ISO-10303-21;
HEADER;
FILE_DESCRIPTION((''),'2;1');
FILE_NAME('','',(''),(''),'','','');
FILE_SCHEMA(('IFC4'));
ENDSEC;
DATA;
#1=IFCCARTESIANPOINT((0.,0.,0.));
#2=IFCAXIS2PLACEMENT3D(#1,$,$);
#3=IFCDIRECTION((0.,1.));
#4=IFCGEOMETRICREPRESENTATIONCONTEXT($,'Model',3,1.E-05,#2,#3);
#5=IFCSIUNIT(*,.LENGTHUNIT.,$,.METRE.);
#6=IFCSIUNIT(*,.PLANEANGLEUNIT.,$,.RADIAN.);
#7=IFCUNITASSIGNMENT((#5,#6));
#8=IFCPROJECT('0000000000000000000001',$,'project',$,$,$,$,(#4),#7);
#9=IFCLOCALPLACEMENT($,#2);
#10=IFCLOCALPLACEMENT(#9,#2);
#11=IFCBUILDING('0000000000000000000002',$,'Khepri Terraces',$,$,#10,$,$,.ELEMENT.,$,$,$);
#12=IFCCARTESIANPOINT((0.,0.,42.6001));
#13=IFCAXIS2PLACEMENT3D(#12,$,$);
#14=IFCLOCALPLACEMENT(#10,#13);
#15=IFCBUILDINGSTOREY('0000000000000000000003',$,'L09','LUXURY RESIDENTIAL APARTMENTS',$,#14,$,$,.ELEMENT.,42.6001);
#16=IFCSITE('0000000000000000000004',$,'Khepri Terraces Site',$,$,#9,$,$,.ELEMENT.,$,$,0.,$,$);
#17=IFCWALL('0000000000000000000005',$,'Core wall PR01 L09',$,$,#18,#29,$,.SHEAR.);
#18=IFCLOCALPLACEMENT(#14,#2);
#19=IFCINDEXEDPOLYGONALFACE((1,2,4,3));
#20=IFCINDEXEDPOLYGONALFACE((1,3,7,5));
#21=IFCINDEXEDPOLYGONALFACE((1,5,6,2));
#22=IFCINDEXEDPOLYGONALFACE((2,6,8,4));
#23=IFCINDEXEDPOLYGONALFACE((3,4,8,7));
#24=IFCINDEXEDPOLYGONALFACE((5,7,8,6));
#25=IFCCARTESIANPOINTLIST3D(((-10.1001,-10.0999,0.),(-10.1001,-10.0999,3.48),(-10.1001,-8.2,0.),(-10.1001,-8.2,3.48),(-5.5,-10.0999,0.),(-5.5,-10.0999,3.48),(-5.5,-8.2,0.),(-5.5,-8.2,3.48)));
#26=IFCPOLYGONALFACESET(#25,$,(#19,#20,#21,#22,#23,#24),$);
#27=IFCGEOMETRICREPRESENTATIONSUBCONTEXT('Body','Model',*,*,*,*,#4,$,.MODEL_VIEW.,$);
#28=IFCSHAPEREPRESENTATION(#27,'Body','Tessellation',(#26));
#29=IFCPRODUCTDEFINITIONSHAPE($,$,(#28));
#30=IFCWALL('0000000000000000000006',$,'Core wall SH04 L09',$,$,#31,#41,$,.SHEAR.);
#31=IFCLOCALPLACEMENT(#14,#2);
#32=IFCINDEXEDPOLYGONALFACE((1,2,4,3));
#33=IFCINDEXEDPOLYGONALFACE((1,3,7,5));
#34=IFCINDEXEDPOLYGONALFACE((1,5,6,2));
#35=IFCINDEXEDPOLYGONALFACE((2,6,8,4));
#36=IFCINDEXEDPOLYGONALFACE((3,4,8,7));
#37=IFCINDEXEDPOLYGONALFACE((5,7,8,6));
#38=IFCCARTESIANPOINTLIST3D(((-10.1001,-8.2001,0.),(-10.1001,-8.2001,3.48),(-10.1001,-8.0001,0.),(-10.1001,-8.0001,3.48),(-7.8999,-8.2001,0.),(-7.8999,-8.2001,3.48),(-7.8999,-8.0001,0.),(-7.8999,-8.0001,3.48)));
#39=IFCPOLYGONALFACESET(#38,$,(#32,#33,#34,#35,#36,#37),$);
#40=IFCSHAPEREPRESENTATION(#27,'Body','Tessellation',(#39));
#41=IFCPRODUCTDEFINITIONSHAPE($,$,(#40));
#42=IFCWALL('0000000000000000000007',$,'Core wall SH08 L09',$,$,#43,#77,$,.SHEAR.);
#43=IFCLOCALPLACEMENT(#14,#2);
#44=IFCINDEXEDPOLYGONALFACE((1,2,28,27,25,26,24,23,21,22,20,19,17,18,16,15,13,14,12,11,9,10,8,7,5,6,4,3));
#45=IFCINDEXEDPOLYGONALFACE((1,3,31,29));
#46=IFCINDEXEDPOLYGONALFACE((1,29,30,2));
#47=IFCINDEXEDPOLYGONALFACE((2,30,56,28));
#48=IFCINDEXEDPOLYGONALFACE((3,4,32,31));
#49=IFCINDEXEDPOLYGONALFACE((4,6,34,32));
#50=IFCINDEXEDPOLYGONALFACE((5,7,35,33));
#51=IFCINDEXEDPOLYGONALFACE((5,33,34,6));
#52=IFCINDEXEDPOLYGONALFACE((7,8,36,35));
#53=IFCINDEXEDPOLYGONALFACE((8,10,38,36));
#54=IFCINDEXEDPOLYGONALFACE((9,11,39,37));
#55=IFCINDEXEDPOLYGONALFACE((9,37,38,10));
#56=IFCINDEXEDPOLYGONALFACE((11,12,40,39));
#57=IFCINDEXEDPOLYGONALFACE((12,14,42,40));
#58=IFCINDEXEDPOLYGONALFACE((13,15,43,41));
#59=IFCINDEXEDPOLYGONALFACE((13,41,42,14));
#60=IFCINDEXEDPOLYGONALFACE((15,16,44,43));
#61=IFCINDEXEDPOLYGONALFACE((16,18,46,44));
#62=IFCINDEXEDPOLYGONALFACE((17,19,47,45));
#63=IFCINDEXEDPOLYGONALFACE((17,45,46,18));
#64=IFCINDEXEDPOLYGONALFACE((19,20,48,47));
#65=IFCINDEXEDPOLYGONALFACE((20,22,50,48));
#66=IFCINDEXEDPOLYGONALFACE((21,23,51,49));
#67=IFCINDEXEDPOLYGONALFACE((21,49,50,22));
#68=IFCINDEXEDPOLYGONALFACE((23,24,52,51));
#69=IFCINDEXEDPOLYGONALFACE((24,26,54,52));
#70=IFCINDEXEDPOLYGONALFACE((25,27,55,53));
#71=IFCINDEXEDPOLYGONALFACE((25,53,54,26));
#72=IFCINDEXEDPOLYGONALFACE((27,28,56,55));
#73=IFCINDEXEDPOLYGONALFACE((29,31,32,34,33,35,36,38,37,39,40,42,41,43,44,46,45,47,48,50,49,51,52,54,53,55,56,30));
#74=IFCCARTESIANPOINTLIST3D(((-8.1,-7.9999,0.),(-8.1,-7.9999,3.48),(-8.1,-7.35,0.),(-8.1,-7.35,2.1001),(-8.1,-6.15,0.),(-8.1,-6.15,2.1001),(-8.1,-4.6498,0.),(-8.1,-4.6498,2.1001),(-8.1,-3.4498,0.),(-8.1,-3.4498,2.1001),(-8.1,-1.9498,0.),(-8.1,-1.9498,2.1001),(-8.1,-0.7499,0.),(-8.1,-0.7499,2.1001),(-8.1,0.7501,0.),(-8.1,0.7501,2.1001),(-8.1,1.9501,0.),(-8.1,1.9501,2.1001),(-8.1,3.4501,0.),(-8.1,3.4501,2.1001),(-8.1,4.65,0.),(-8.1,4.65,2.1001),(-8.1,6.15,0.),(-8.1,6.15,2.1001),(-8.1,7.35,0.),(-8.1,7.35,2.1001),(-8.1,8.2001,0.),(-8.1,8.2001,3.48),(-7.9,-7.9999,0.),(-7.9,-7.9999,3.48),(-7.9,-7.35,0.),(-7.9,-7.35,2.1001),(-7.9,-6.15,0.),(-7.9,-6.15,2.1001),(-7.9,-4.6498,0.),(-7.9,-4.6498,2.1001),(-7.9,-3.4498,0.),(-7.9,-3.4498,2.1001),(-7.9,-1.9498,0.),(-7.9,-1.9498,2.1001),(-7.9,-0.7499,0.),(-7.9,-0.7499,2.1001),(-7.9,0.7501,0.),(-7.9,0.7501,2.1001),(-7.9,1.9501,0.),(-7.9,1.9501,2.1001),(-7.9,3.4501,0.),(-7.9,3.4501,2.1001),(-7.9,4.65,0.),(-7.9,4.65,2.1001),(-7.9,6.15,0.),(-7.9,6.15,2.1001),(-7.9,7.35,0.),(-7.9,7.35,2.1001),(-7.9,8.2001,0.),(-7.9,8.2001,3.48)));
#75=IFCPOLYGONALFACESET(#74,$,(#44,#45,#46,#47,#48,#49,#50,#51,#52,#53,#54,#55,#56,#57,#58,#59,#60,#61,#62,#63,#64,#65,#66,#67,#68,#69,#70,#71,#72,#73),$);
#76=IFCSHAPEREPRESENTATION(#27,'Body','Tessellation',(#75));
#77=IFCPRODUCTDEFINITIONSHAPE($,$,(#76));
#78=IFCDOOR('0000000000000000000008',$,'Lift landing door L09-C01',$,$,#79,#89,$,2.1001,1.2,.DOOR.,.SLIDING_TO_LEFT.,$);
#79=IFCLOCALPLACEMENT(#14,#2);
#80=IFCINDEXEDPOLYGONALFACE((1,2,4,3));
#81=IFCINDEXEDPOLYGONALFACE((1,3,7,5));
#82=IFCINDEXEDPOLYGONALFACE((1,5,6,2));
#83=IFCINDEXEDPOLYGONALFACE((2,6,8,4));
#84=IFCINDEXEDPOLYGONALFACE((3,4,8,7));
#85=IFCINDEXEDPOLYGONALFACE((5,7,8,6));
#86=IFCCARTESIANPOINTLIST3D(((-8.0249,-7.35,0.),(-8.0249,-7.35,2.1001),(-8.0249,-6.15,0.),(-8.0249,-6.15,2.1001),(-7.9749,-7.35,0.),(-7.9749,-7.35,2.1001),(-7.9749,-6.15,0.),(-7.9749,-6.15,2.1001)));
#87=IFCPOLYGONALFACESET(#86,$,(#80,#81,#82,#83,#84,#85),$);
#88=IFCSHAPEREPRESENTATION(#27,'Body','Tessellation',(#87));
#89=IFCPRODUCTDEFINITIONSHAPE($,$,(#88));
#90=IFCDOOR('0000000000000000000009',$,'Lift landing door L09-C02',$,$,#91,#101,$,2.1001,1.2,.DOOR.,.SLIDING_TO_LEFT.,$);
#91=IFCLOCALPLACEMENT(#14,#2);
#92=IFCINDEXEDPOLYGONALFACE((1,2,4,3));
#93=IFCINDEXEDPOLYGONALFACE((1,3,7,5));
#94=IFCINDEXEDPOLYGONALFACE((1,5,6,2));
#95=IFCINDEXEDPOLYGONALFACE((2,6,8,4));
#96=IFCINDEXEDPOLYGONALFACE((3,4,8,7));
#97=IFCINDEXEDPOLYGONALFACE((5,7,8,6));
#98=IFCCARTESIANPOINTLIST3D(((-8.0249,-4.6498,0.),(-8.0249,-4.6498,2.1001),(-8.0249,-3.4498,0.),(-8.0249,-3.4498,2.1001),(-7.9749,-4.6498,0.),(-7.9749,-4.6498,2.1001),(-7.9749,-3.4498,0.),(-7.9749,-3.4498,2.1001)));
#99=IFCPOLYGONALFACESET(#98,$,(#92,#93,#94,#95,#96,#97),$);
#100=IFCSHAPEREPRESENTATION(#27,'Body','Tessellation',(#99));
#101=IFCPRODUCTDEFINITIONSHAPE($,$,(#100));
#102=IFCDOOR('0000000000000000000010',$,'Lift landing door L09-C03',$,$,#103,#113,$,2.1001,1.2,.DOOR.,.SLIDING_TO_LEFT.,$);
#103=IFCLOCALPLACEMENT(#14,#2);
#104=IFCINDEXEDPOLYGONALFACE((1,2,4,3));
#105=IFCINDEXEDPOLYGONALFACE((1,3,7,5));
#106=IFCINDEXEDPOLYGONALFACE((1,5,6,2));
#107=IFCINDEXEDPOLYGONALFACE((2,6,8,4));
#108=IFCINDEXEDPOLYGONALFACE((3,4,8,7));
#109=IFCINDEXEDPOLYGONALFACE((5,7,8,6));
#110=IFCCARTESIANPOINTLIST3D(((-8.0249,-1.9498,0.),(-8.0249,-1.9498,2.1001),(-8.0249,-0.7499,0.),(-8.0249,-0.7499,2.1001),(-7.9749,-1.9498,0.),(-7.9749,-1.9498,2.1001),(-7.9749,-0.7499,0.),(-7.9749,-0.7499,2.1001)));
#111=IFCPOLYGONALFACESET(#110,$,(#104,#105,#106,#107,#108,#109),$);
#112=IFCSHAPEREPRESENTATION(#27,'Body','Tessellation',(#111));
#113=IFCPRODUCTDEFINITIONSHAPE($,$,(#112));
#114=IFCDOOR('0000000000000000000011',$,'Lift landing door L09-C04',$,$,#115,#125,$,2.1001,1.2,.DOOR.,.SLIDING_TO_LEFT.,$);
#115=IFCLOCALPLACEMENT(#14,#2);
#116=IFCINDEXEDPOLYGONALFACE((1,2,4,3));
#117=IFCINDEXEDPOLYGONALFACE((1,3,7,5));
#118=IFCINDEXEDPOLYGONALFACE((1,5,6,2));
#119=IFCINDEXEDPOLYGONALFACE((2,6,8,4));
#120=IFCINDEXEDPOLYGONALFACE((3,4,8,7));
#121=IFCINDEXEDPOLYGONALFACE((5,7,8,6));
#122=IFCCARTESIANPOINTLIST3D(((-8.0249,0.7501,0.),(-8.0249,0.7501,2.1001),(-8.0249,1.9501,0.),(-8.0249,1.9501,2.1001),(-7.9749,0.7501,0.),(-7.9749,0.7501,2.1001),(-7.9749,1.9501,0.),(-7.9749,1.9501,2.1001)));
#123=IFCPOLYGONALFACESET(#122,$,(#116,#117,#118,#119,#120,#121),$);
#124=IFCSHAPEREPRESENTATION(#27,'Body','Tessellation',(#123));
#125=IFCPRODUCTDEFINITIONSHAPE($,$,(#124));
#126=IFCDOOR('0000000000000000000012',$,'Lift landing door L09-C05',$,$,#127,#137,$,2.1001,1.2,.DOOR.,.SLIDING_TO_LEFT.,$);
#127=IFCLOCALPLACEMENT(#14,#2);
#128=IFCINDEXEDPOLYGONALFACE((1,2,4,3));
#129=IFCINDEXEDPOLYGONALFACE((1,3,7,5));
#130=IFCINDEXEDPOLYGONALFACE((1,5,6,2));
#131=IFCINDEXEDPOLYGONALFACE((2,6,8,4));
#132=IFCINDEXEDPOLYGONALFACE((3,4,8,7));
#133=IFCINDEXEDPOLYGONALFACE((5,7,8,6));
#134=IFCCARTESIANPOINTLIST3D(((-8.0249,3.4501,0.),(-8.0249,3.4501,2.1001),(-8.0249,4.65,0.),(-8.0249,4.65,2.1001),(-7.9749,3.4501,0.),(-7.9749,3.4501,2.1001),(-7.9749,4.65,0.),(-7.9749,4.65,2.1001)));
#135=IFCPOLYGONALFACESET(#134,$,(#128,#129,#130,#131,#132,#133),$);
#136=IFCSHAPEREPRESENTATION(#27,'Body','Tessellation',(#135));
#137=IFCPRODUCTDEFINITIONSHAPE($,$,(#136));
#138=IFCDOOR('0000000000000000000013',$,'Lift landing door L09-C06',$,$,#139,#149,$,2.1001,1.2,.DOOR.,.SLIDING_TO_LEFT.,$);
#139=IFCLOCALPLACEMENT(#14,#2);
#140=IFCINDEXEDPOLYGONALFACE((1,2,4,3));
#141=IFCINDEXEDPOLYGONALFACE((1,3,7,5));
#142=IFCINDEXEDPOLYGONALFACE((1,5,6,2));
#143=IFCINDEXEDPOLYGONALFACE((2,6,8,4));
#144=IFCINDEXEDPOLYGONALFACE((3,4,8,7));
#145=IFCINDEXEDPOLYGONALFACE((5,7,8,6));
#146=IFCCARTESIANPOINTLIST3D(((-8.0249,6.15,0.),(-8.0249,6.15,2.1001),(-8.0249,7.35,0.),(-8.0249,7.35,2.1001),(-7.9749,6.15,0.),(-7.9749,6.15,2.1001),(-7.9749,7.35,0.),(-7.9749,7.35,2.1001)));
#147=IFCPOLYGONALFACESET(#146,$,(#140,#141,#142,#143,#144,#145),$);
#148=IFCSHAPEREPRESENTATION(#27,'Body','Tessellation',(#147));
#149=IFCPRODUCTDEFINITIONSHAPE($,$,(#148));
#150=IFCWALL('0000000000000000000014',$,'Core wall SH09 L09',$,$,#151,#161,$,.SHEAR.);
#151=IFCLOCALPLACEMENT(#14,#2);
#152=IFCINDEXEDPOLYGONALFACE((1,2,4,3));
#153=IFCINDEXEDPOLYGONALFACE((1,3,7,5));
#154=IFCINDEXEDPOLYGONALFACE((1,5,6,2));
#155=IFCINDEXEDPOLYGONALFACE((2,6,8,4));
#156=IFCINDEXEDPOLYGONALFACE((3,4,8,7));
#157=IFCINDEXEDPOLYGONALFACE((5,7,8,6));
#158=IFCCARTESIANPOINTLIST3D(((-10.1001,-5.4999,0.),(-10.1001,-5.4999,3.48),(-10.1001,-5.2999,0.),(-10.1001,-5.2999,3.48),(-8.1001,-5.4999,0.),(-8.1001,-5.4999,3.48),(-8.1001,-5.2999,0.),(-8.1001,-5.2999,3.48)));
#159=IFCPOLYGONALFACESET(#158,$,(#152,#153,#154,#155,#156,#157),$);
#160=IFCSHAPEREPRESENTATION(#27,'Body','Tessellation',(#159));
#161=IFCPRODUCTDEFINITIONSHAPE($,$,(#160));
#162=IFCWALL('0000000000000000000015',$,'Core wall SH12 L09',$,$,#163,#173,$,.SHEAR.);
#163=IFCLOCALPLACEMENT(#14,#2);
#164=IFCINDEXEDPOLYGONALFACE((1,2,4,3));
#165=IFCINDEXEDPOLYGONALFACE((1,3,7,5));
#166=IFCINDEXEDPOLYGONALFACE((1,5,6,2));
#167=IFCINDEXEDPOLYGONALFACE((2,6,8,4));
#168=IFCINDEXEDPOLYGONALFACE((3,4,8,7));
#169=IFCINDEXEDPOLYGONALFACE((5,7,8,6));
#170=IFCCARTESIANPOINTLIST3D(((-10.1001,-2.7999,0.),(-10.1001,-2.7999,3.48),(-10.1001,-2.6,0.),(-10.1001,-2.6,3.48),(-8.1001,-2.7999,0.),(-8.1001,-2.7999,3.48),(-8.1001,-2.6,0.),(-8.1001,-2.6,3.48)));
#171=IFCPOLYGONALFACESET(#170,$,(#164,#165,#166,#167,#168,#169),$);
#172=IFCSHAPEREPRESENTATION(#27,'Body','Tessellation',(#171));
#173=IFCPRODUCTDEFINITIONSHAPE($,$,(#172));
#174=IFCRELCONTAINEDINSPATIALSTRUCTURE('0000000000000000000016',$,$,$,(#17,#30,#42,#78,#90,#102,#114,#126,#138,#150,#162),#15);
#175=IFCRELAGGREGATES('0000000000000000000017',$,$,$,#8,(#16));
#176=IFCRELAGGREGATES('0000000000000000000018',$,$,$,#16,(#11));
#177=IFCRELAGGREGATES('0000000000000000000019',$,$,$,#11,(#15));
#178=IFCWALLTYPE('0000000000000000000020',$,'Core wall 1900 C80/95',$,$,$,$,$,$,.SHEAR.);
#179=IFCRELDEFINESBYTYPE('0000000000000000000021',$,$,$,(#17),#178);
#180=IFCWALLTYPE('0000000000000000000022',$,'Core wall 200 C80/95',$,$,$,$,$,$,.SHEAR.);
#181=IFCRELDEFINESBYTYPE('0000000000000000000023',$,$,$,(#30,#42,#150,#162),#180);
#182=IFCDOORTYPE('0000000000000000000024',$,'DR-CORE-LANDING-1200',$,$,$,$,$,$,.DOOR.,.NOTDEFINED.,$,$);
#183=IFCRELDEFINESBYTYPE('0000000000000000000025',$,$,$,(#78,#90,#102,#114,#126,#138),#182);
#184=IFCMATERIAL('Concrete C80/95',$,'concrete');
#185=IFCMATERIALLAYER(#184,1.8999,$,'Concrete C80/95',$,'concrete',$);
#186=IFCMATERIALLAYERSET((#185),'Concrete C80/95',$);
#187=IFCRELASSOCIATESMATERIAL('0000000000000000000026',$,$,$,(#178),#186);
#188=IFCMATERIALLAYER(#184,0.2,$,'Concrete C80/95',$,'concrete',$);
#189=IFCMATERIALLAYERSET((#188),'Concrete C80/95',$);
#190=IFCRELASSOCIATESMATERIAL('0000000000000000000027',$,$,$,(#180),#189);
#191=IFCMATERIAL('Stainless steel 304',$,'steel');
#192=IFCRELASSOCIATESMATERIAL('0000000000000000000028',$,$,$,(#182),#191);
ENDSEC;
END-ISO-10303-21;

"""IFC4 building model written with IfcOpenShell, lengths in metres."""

from ifc_helpers import new_model, si_unit, direction, frame, frame_2d, origin, place, context, subcontext, project, spatial, rectangle, extrude, material, layer, layer_set, type_object, element, fill, save


model = new_model("IFC4")

# Units and contexts
model_context = context("Model", 3, precision=1e-05, world=origin(), true_north=direction((0.0, 1.0)))
body_context = subcontext(model_context, "Body", "Model", "MODEL_VIEW")
ifc_project = project(units=[si_unit("LENGTHUNIT", "METRE"), si_unit("PLANEANGLEUNIT", "RADIAN")], contexts=[model_context])

# Site, building, storey
site_placement = place(None, origin())
site = spatial("IfcSite", under=ifc_project, at=site_placement, Name="Khepri Terraces Site", CompositionType="ELEMENT", RefElevation=0.0)
building_placement = place(site_placement, origin())
building = spatial("IfcBuilding", under=site, at=building_placement, Name="Khepri Terraces", CompositionType="ELEMENT")
storey_placement = place(building_placement, frame((0.0, 0.0, 42.6001)))
storey = spatial("IfcBuildingStorey", under=building, at=storey_placement, Name="L09", Description="LUXURY RESIDENTIAL APARTMENTS", CompositionType="ELEMENT", Elevation=42.6001)

# Walls
ifc_material_1 = material(Name="Concrete C80/95", Category="concrete")
ifc_layer_1 = layer(ifc_material_1, 1.8999, Name="Concrete C80/95", Category="concrete")
ifc_layer_set_1 = layer_set([ifc_layer_1], Name="Concrete C80/95")
wall_type_1 = type_object("IfcWallType", Name="Core wall 1900 C80/95", PredefinedType="SHEAR", material=ifc_layer_set_1)
wall_1_placement = place(storey_placement, frame((-10.1001, -9.1499, 0.0), z_axis=(0.0, 0.0, 1.0), x_axis=(1.0, 0.0, 0.0)))
element("IfcWall", 1, at=wall_1_placement, inside=storey, type_object=wall_type_1, Name="Core wall PR01 L09", PredefinedType="SHEAR", context=body_context, shape_type="SweptSolid", body=[
    extrude(rectangle(XDim=4.6001, YDim=1.8999, at=frame_2d((2.3, 0.0))), origin(), (0.0, 0.0, 1.0), 3.48),
])
ifc_layer_2 = layer(ifc_material_1, 0.2, Name="Concrete C80/95", Category="concrete")
ifc_layer_set_2 = layer_set([ifc_layer_2], Name="Concrete C80/95")
wall_type_2 = type_object("IfcWallType", Name="Core wall 200 C80/95", PredefinedType="SHEAR", material=ifc_layer_set_2)
wall_2_placement = place(storey_placement, frame((-10.1001, -8.1001, 0.0), z_axis=(0.0, 0.0, 1.0), x_axis=(1.0, 0.0, 0.0)))
element("IfcWall", 2, at=wall_2_placement, inside=storey, type_object=wall_type_2, Name="Core wall SH04 L09", PredefinedType="SHEAR", context=body_context, shape_type="SweptSolid", body=[
    extrude(rectangle(XDim=2.2002, YDim=0.2, at=frame_2d((1.1001, 0.0))), origin(), (0.0, 0.0, 1.0), 3.48),
])

# Wall, openings, doors
wall_3_placement = place(storey_placement, frame((-8.0, -8.0, 0.0), z_axis=(0.0, 0.0, 1.0), x_axis=(0.0, 1.0, 0.0)))
wall_3 = element("IfcWall", 3, at=wall_3_placement, inside=storey, type_object=wall_type_2, Name="Core wall SH08 L09", PredefinedType="SHEAR", context=body_context, shape_type="SweptSolid", body=[
    extrude(rectangle(XDim=16.2, YDim=0.2, at=frame_2d((8.1001, 0.0))), origin(), (0.0, 0.0, 1.0), 3.48),
])
opening_1_placement = place(wall_3_placement, frame((0.6499, 0.0, 0.0)))
opening_1 = element("IfcOpeningElement", 4, at=opening_1_placement, cuts=wall_3, PredefinedType="OPENING", context=body_context, shape_type="SweptSolid", body=[
    extrude(rectangle(XDim=1.2, YDim=2.1001, at=frame_2d((0.6001, 1.05))), frame((0.0, 0.1099, 0.0), z_axis=(0.0, -1.0, 0.0), x_axis=(1.0, 0.0, 0.0)), (0.0, 0.0, 1.0), 0.22),
])
opening_2_placement = place(wall_3_placement, frame((3.3501, 0.0, 0.0)))
opening_2 = element("IfcOpeningElement", 5, at=opening_2_placement, cuts=wall_3, PredefinedType="OPENING", context=body_context, shape_type="SweptSolid", body=[
    extrude(rectangle(XDim=1.2, YDim=2.1001, at=frame_2d((0.6001, 1.05))), frame((0.0, 0.1099, 0.0), z_axis=(0.0, -1.0, 0.0), x_axis=(1.0, 0.0, 0.0)), (0.0, 0.0, 1.0), 0.22),
])
opening_3_placement = place(wall_3_placement, frame((6.05, 0.0, 0.0)))
opening_3 = element("IfcOpeningElement", 6, at=opening_3_placement, cuts=wall_3, PredefinedType="OPENING", context=body_context, shape_type="SweptSolid", body=[
    extrude(rectangle(XDim=1.2, YDim=2.1001, at=frame_2d((0.6001, 1.05))), frame((0.0, 0.1099, 0.0), z_axis=(0.0, -1.0, 0.0), x_axis=(1.0, 0.0, 0.0)), (0.0, 0.0, 1.0), 0.22),
])
opening_4_placement = place(wall_3_placement, frame((8.75, 0.0, 0.0)))
opening_4 = element("IfcOpeningElement", 7, at=opening_4_placement, cuts=wall_3, PredefinedType="OPENING", context=body_context, shape_type="SweptSolid", body=[
    extrude(rectangle(XDim=1.2, YDim=2.1001, at=frame_2d((0.6001, 1.05))), frame((0.0, 0.1099, 0.0), z_axis=(0.0, -1.0, 0.0), x_axis=(1.0, 0.0, 0.0)), (0.0, 0.0, 1.0), 0.22),
])
opening_5_placement = place(wall_3_placement, frame((11.45, 0.0, 0.0)))
opening_5 = element("IfcOpeningElement", 8, at=opening_5_placement, cuts=wall_3, PredefinedType="OPENING", context=body_context, shape_type="SweptSolid", body=[
    extrude(rectangle(XDim=1.2, YDim=2.1001, at=frame_2d((0.6001, 1.05))), frame((0.0, 0.1099, 0.0), z_axis=(0.0, -1.0, 0.0), x_axis=(1.0, 0.0, 0.0)), (0.0, 0.0, 1.0), 0.22),
])
opening_6_placement = place(wall_3_placement, frame((14.1499, 0.0, 0.0)))
opening_6 = element("IfcOpeningElement", 9, at=opening_6_placement, cuts=wall_3, PredefinedType="OPENING", context=body_context, shape_type="SweptSolid", body=[
    extrude(rectangle(XDim=1.2, YDim=2.1001, at=frame_2d((0.6001, 1.05))), frame((0.0, 0.1099, 0.0), z_axis=(0.0, -1.0, 0.0), x_axis=(1.0, 0.0, 0.0)), (0.0, 0.0, 1.0), 0.22),
])
ifc_material_2 = material(Name="Stainless steel 304", Category="steel")
door_type_1 = type_object("IfcDoorType", Name="DR-CORE-LANDING-1200", OperationType="NOTDEFINED", PredefinedType="DOOR", material=ifc_material_2)
door_1_placement = place(opening_1_placement, origin())
door_1 = element("IfcDoor", 10, at=door_1_placement, inside=storey, type_object=door_type_1, Name="Lift landing door L09-C01", OperationType="SLIDING_TO_LEFT", OverallHeight=2.1001, OverallWidth=1.2, PredefinedType="DOOR", context=body_context, shape_type="SweptSolid", body=[
    extrude(rectangle(XDim=1.2, YDim=2.1001, at=frame_2d((0.6001, 1.05))), frame((0.0, 0.0249, 0.0), z_axis=(0.0, -1.0, 0.0), x_axis=(1.0, 0.0, 0.0)), (0.0, 0.0, 1.0), 0.05),
])
fill(opening_1, door_1)
door_2_placement = place(opening_2_placement, origin())
door_2 = element("IfcDoor", 11, at=door_2_placement, inside=storey, type_object=door_type_1, Name="Lift landing door L09-C02", OperationType="SLIDING_TO_LEFT", OverallHeight=2.1001, OverallWidth=1.2, PredefinedType="DOOR", context=body_context, shape_type="SweptSolid", body=[
    extrude(rectangle(XDim=1.2, YDim=2.1001, at=frame_2d((0.6001, 1.05))), frame((0.0, 0.0249, 0.0), z_axis=(0.0, -1.0, 0.0), x_axis=(1.0, 0.0, 0.0)), (0.0, 0.0, 1.0), 0.05),
])
fill(opening_2, door_2)
door_3_placement = place(opening_3_placement, origin())
door_3 = element("IfcDoor", 12, at=door_3_placement, inside=storey, type_object=door_type_1, Name="Lift landing door L09-C03", OperationType="SLIDING_TO_LEFT", OverallHeight=2.1001, OverallWidth=1.2, PredefinedType="DOOR", context=body_context, shape_type="SweptSolid", body=[
    extrude(rectangle(XDim=1.2, YDim=2.1001, at=frame_2d((0.6001, 1.05))), frame((0.0, 0.0249, 0.0), z_axis=(0.0, -1.0, 0.0), x_axis=(1.0, 0.0, 0.0)), (0.0, 0.0, 1.0), 0.05),
])
fill(opening_3, door_3)
door_4_placement = place(opening_4_placement, origin())
door_4 = element("IfcDoor", 13, at=door_4_placement, inside=storey, type_object=door_type_1, Name="Lift landing door L09-C04", OperationType="SLIDING_TO_LEFT", OverallHeight=2.1001, OverallWidth=1.2, PredefinedType="DOOR", context=body_context, shape_type="SweptSolid", body=[
    extrude(rectangle(XDim=1.2, YDim=2.1001, at=frame_2d((0.6001, 1.05))), frame((0.0, 0.0249, 0.0), z_axis=(0.0, -1.0, 0.0), x_axis=(1.0, 0.0, 0.0)), (0.0, 0.0, 1.0), 0.05),
])
fill(opening_4, door_4)
door_5_placement = place(opening_5_placement, origin())
door_5 = element("IfcDoor", 14, at=door_5_placement, inside=storey, type_object=door_type_1, Name="Lift landing door L09-C05", OperationType="SLIDING_TO_LEFT", OverallHeight=2.1001, OverallWidth=1.2, PredefinedType="DOOR", context=body_context, shape_type="SweptSolid", body=[
    extrude(rectangle(XDim=1.2, YDim=2.1001, at=frame_2d((0.6001, 1.05))), frame((0.0, 0.0249, 0.0), z_axis=(0.0, -1.0, 0.0), x_axis=(1.0, 0.0, 0.0)), (0.0, 0.0, 1.0), 0.05),
])
fill(opening_5, door_5)
door_6_placement = place(opening_6_placement, origin())
door_6 = element("IfcDoor", 15, at=door_6_placement, inside=storey, type_object=door_type_1, Name="Lift landing door L09-C06", OperationType="SLIDING_TO_LEFT", OverallHeight=2.1001, OverallWidth=1.2, PredefinedType="DOOR", context=body_context, shape_type="SweptSolid", body=[
    extrude(rectangle(XDim=1.2, YDim=2.1001, at=frame_2d((0.6001, 1.05))), frame((0.0, 0.0249, 0.0), z_axis=(0.0, -1.0, 0.0), x_axis=(1.0, 0.0, 0.0)), (0.0, 0.0, 1.0), 0.05),
])
fill(opening_6, door_6)

# Walls
for number, where, z_axis, x_axis, name in (
    (16, (-10.1001, -5.3999, 0.0), (0.0, 0.0, 1.0), (1.0, 0.0, 0.0), "Core wall SH09 L09"),
    (17, (-10.1001, -2.7, 0.0), (0.0, 0.0, 1.0), (1.0, 0.0, 0.0), "Core wall SH12 L09"),
):
    element("IfcWall", number, at=place(storey_placement, frame(where, z_axis=z_axis, x_axis=x_axis)), inside=storey, type_object=wall_type_2, Name=name, PredefinedType="SHEAR", context=body_context, shape_type="SweptSolid", body=[
        extrude(rectangle(XDim=2.0, YDim=0.2, at=frame_2d((1.0, 0.0))), origin(), (0.0, 0.0, 1.0), 3.48),
    ])

save(model, "model.ifc")
